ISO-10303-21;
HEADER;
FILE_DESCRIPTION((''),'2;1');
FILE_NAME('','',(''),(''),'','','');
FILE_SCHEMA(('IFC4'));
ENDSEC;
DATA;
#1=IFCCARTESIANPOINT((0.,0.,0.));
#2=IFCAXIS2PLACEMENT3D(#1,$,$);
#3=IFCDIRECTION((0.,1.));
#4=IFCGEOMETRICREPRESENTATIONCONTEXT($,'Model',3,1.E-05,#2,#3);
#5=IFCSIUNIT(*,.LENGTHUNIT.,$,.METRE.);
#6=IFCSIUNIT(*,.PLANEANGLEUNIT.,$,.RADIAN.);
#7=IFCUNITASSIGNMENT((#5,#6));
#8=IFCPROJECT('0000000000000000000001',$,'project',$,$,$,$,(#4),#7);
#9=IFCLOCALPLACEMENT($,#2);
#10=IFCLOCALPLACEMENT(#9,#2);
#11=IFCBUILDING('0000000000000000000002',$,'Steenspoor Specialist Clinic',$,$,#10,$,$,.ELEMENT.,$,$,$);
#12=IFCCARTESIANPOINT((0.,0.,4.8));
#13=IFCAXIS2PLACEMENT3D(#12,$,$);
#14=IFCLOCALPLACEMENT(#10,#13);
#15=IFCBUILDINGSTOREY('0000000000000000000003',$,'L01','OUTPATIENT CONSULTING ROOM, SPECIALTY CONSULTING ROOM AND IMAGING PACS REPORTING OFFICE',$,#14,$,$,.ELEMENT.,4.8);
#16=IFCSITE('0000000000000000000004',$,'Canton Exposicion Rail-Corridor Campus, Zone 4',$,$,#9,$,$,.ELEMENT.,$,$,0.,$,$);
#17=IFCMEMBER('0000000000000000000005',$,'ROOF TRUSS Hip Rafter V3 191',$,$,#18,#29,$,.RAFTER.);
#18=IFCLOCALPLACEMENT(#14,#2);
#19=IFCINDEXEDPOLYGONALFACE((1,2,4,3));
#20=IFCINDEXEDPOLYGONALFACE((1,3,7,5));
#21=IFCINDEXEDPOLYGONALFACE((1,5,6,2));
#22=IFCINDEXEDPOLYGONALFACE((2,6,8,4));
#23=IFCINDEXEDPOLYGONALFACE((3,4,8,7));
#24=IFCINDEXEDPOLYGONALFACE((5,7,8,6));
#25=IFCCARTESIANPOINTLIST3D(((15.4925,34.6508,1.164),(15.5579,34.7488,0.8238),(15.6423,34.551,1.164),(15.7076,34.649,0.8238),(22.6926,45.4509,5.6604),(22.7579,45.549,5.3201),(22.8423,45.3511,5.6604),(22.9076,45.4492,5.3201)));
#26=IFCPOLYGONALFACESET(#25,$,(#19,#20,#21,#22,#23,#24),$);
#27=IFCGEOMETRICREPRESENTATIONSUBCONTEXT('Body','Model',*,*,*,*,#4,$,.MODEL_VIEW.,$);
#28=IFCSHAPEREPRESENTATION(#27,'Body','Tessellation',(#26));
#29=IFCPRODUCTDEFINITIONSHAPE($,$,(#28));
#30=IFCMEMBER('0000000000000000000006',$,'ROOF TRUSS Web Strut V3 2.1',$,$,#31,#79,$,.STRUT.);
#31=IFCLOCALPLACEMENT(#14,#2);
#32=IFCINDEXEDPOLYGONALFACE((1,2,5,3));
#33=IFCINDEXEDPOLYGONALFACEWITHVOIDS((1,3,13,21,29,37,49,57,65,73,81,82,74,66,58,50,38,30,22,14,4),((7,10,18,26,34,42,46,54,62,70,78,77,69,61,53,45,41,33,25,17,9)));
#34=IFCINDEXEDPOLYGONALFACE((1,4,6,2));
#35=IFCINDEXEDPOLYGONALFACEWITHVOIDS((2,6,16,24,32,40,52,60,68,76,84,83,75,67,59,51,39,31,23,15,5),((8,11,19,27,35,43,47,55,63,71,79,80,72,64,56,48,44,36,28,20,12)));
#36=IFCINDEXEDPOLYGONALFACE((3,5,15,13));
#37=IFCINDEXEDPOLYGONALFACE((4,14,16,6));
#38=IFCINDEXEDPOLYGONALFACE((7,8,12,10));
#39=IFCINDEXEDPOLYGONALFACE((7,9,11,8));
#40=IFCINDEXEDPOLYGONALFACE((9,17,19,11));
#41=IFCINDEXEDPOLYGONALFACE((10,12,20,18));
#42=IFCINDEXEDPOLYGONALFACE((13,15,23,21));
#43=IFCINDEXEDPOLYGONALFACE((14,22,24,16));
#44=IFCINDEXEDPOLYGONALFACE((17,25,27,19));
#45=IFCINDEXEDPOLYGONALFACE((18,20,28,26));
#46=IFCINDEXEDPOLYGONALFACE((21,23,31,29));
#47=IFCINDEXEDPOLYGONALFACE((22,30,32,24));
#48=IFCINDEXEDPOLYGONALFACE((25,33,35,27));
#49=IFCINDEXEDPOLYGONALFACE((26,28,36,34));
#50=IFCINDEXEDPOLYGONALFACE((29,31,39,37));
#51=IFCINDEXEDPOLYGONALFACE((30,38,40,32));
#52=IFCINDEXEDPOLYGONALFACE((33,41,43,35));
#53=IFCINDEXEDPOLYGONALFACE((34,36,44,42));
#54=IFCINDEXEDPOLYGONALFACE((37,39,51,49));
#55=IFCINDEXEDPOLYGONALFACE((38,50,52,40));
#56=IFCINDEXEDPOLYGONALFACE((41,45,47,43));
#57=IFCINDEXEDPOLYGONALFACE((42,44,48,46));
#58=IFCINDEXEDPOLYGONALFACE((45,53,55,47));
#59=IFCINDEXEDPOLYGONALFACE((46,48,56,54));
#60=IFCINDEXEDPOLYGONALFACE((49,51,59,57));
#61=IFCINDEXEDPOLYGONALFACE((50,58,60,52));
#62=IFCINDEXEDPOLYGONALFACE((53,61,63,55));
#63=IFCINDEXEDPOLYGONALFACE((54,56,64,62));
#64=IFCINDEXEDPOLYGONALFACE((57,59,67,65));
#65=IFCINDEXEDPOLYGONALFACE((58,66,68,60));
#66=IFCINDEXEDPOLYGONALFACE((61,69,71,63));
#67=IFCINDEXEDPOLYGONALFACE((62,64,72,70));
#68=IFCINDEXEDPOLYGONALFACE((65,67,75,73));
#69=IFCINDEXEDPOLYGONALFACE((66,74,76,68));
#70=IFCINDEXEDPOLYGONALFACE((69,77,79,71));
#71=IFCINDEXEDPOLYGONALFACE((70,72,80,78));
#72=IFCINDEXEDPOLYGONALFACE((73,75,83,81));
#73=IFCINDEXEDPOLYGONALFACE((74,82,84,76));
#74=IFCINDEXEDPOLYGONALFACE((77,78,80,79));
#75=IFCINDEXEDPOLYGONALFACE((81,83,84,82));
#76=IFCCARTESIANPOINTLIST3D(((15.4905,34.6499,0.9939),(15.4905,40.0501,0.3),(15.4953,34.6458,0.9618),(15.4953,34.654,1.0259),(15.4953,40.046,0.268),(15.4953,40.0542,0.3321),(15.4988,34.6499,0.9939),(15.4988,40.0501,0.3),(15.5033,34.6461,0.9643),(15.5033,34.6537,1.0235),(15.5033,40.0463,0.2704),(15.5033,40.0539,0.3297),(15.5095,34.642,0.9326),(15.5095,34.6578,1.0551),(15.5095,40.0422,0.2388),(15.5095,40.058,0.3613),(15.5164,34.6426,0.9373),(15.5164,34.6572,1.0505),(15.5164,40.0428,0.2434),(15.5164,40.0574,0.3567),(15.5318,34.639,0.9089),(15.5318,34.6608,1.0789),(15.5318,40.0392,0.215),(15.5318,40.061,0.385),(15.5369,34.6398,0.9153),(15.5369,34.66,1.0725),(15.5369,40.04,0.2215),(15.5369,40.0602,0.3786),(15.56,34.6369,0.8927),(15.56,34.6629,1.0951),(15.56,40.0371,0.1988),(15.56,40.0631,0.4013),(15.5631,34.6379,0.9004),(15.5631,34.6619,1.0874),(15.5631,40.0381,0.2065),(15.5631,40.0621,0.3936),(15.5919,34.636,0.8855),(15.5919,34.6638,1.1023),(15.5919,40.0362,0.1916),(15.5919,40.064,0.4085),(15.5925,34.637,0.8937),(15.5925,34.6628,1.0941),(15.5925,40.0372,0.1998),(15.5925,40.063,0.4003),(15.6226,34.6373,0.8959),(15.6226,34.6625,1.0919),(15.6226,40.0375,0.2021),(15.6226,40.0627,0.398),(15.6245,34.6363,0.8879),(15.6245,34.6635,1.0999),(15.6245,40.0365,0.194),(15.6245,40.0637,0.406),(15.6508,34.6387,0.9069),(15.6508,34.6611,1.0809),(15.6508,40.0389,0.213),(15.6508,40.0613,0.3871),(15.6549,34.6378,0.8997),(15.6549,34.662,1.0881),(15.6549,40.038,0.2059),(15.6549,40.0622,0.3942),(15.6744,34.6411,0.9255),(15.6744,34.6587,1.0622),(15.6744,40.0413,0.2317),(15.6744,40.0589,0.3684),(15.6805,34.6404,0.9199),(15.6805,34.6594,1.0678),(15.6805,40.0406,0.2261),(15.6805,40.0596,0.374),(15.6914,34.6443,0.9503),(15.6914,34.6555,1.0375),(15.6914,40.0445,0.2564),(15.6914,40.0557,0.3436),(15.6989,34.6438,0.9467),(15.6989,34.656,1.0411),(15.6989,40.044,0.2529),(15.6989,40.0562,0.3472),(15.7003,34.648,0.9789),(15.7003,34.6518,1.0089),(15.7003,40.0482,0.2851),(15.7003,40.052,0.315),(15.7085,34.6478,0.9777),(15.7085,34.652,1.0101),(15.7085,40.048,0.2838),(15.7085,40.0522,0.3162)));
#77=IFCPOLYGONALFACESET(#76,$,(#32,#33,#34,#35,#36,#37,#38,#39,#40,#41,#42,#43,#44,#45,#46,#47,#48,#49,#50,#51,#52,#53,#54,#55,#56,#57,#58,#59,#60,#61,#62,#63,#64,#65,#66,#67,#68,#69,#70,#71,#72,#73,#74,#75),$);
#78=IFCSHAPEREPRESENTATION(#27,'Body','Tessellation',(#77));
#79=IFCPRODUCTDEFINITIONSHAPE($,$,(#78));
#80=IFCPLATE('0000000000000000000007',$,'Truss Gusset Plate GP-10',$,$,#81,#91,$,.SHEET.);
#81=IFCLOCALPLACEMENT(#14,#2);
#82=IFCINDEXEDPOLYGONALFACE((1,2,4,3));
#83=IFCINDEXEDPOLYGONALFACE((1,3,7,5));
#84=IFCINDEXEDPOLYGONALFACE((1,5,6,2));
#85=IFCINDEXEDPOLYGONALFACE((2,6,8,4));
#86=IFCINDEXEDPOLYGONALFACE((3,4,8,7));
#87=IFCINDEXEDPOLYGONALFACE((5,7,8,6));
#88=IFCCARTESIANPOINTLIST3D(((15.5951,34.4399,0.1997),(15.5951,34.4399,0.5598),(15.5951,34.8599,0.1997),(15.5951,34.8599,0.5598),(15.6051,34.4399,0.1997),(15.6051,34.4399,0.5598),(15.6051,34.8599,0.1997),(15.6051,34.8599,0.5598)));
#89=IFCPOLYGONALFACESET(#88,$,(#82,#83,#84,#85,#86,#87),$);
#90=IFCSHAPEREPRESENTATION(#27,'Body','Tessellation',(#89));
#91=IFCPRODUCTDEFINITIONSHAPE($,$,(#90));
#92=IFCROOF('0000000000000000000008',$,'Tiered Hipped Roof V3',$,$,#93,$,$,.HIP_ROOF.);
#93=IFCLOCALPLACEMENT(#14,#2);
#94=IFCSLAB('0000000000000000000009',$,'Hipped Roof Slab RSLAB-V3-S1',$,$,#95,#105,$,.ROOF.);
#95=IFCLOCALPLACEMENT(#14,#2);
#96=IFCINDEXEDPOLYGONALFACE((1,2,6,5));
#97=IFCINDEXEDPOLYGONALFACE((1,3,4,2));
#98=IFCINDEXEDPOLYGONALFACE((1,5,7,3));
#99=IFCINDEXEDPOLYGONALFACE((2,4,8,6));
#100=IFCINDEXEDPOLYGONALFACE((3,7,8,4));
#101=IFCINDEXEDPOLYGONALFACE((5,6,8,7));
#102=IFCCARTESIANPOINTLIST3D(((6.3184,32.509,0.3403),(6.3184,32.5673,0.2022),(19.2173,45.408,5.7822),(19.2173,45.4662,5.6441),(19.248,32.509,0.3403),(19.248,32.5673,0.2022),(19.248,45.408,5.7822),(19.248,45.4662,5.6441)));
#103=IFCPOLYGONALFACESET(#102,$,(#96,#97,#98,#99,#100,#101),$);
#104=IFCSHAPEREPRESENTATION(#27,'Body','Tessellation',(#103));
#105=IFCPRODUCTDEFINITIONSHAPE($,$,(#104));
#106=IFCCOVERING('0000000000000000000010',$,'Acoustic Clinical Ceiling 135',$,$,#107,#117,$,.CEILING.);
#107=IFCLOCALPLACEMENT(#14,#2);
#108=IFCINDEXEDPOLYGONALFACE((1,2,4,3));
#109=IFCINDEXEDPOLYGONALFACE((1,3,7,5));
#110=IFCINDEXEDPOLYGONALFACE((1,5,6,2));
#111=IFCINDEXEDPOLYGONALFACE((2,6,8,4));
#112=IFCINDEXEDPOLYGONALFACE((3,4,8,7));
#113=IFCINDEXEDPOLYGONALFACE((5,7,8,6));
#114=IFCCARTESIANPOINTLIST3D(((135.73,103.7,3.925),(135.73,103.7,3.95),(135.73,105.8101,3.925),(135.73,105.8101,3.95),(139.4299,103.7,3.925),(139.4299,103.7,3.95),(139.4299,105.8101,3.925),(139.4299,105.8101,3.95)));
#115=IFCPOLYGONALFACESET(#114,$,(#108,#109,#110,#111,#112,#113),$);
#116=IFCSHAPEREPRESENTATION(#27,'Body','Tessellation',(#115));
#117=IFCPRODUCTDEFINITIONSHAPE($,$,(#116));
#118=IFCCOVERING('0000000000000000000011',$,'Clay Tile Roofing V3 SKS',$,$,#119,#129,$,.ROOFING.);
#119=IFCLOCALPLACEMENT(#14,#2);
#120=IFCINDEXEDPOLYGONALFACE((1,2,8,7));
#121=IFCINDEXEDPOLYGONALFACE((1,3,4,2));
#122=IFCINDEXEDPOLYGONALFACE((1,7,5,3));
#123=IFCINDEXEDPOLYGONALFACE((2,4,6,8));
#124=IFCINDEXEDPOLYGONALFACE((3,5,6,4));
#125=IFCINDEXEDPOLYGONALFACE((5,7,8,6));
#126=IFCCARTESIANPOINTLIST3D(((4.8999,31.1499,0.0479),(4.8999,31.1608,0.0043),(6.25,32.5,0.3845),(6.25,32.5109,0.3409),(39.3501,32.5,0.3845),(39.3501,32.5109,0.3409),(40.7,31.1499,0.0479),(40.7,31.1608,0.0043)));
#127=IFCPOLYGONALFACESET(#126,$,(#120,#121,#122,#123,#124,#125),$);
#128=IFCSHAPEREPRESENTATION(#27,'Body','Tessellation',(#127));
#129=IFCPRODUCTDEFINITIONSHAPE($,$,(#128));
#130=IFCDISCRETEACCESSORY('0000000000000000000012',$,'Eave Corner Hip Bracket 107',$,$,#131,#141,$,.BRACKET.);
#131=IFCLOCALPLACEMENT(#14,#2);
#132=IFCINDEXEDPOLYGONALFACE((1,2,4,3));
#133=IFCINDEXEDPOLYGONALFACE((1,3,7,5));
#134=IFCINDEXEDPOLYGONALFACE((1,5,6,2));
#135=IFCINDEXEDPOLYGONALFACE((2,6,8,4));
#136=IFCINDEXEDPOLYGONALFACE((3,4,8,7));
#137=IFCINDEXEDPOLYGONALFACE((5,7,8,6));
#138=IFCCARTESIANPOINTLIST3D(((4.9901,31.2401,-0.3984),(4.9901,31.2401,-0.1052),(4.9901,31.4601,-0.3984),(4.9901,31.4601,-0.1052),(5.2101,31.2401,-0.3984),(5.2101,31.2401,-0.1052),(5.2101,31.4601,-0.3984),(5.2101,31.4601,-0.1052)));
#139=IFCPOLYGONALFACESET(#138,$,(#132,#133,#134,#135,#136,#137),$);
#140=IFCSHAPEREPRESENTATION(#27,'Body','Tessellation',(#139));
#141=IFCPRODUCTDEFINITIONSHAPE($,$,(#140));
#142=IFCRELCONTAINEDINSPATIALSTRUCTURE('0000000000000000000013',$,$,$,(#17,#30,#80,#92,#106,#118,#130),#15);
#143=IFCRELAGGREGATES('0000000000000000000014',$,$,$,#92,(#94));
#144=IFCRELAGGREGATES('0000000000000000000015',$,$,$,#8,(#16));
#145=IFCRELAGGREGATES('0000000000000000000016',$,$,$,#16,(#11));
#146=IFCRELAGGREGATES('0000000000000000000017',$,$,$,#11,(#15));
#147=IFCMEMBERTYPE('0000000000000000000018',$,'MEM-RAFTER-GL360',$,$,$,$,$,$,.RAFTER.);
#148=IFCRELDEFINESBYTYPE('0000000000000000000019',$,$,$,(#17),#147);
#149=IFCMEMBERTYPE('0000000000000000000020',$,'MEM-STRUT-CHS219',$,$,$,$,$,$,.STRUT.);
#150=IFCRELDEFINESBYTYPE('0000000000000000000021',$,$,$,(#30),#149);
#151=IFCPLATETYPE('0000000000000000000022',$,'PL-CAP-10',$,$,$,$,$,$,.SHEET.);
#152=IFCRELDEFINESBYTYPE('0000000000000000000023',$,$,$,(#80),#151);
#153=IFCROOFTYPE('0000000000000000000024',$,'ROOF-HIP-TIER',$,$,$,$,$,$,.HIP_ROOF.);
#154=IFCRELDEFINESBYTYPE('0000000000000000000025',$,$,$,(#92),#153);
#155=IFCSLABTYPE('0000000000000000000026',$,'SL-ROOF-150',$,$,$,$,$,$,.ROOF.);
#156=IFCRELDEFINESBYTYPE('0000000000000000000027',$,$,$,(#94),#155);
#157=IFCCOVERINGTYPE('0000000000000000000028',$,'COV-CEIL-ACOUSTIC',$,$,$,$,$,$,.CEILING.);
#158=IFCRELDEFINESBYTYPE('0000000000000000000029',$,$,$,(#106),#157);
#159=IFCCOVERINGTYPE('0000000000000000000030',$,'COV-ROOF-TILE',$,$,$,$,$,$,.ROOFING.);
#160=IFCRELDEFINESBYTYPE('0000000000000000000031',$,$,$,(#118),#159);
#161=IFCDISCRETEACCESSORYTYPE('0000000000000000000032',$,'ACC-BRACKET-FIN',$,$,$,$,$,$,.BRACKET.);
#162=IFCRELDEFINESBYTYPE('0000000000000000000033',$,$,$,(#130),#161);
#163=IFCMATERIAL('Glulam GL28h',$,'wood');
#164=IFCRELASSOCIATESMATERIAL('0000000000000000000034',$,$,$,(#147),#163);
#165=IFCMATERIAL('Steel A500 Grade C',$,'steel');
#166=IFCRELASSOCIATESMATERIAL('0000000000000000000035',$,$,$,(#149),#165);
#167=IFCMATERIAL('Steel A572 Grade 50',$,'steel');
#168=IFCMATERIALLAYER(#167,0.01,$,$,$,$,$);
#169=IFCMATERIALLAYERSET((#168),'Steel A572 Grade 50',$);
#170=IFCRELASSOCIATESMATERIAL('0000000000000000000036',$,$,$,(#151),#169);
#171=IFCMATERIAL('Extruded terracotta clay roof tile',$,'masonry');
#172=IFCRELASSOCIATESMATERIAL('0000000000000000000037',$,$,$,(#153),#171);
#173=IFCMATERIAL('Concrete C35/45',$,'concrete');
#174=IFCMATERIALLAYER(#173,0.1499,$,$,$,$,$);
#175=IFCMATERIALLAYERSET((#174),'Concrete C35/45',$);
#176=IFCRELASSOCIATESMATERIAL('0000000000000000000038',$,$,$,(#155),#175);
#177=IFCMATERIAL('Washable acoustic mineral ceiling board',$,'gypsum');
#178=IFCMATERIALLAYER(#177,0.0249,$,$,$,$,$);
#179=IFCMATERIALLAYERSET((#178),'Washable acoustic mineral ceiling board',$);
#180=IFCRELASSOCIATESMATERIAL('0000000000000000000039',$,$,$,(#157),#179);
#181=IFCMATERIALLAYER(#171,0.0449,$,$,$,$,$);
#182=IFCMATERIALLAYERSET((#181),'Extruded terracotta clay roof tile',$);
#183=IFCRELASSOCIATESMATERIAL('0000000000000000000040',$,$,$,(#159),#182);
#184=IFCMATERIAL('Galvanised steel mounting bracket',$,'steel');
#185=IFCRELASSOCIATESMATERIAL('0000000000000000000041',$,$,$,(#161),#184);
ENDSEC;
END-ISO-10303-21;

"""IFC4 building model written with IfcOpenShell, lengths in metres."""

from ifc_helpers import new_model, si_unit, direction, frame, origin, origin_2d, place, context, subcontext, project, spatial, polyline, rectangle, hollow_circle, outline, extrude, material, layer, layer_set, material_profile, profile_set, type_object, element, aggregate, save


model = new_model("IFC4")

# Units and contexts
model_context = context("Model", 3, precision=1e-05, world=origin(), true_north=direction((0.0, 1.0)))
body_context = subcontext(model_context, "Body", "Model", "MODEL_VIEW")
ifc_project = project(units=[si_unit("LENGTHUNIT", "METRE"), si_unit("PLANEANGLEUNIT", "RADIAN")], contexts=[model_context])

# Site, building, storey
site_placement = place(None, origin())
site = spatial("IfcSite", under=ifc_project, at=site_placement, Name="Canton Exposicion Rail-Corridor Campus, Zone 4", CompositionType="ELEMENT", RefElevation=0.0)
building_placement = place(site_placement, origin())
building = spatial("IfcBuilding", under=site, at=building_placement, Name="Steenspoor Specialist Clinic", CompositionType="ELEMENT")
storey_placement = place(building_placement, frame((0.0, 0.0, 4.8)))
storey = spatial("IfcBuildingStorey", under=building, at=storey_placement, Name="L01", Description="OUTPATIENT CONSULTING ROOM, SPECIALTY CONSULTING ROOM AND IMAGING PACS REPORTING OFFICE", CompositionType="ELEMENT", Elevation=4.8)

# Shared definitions
ifc_material_1 = material(Name="Glulam GL28h", Category="wood")

# Members
ifc_material_2 = material(Name="Steel A500 Grade C", Category="steel")
ifc_material_profile_1 = material_profile(ifc_material_1, rectangle(XDim=0.1799, YDim=0.3601, at=origin_2d()), Name="GL28H-180X360")
ifc_profile_set_1 = profile_set([ifc_material_profile_1], Name="Glulam GL28h")
member_type_1 = type_object("IfcMemberType", Name="MEM-RAFTER-GL360", PredefinedType="RAFTER", material=ifc_profile_set_1)
member_1_placement = place(storey_placement, frame((15.6001, 34.6499, 0.9939), z_axis=(0.524139, 0.786218, 0.327323), x_axis=(-0.832053, 0.554696, 0.0)))
element("IfcMember", 1, at=member_1_placement, inside=storey, type_object=member_type_1, Name="ROOF TRUSS Hip Rafter V3 191", PredefinedType="RAFTER", context=body_context, shape_type="SweptSolid", body=[
    extrude(rectangle(XDim=0.1799, YDim=0.3601, at=origin_2d()), origin(), (0.0, 0.0, 1.0), 13.7368),
])
ifc_material_profile_2 = material_profile(ifc_material_2, hollow_circle(Radius=0.1096, WallThickness=0.0083, at=origin_2d()), Name="CHS219X8.2")
ifc_profile_set_2 = profile_set([ifc_material_profile_2], Name="Steel A500 Grade C")
member_type_2 = type_object("IfcMemberType", Name="MEM-STRUT-CHS219", PredefinedType="STRUT", material=ifc_profile_set_2)
member_2_placement = place(storey_placement, frame((15.6001, 34.6499, 0.9939), z_axis=(0.0, 0.991846, -0.127439), x_axis=(-1.0, 0.0, 0.0)))
element("IfcMember", 2, at=member_2_placement, inside=storey, type_object=member_type_2, Name="ROOF TRUSS Web Strut V3 2.1", PredefinedType="STRUT", context=body_context, shape_type="SweptSolid", body=[
    extrude(hollow_circle(Radius=0.1096, WallThickness=0.0083, at=origin_2d()), origin(), (0.0, 0.0, 1.0), 5.4446),
])

# Plate
ifc_material_3 = material(Name="Steel A572 Grade 50", Category="steel")
ifc_layer_1 = layer(ifc_material_3, 0.01)
ifc_layer_set_1 = layer_set([ifc_layer_1], Name="Steel A572 Grade 50")
plate_type = type_object("IfcPlateType", Name="PL-CAP-10", PredefinedType="SHEET", material=ifc_layer_set_1)
plate_placement = place(storey_placement, frame((15.6001, 34.6499, 0.1997), z_axis=(0.0, 0.0, 1.0), x_axis=(1.0, 0.0, 0.0)))
element("IfcPlate", 3, at=plate_placement, inside=storey, type_object=plate_type, Name="Truss Gusset Plate GP-10", PredefinedType="SHEET", context=body_context, shape_type="SweptSolid", body=[
    extrude(rectangle(XDim=0.01, YDim=0.4199, at=origin_2d()), origin(), (0.0, 0.0, 1.0), 0.3601),
])

# Roof, slab
ifc_material_4 = material(Name="Extruded terracotta clay roof tile", Category="masonry")
roof_type = type_object("IfcRoofType", Name="ROOF-HIP-TIER", PredefinedType="HIP_ROOF", material=ifc_material_4)
roof_placement = place(storey_placement, origin())
roof = element("IfcRoof", 4, at=roof_placement, inside=storey, type_object=roof_type, Name="Tiered Hipped Roof V3", PredefinedType="HIP_ROOF")
ifc_material_5 = material(Name="Concrete C35/45", Category="concrete")
ifc_layer_2 = layer(ifc_material_5, 0.1499)
ifc_layer_set_2 = layer_set([ifc_layer_2], Name="Concrete C35/45")
slab_type = type_object("IfcSlabType", Name="SL-ROOF-150", PredefinedType="ROOF", material=ifc_layer_set_2)
slab_1_placement = place(storey_placement, frame((6.3184, 32.509, 0.3403), z_axis=(0.0, -0.38871, 0.92136), x_axis=(1.0, 0.0, 0.0)))
slab_1 = element("IfcSlab", 5, at=slab_1_placement, type_object=slab_type, Name="Hipped Roof Slab RSLAB-V3-S1", PredefinedType="ROOF", context=body_context, shape_type="SweptSolid", body=[
    extrude(outline(polyline([(0.0, 0.0), (12.9297, 0.0), (12.9297, 13.9999), (12.8989, 13.9999), (0.0, 0.0)])), origin(), (0.0, 0.0, -1.0), 0.1499),
])
aggregate(roof, [slab_1])

# Coverings
ifc_material_6 = material(Name="Washable acoustic mineral ceiling board", Category="gypsum")
ifc_layer_3 = layer(ifc_material_6, 0.0249)
ifc_layer_set_3 = layer_set([ifc_layer_3], Name="Washable acoustic mineral ceiling board")
covering_type_1 = type_object("IfcCoveringType", Name="COV-CEIL-ACOUSTIC", PredefinedType="CEILING", material=ifc_layer_set_3)
covering_1_placement = place(storey_placement, frame((0.0, 0.0, 3.925)))
element("IfcCovering", 6, at=covering_1_placement, inside=storey, type_object=covering_type_1, Name="Acoustic Clinical Ceiling 135", PredefinedType="CEILING", context=body_context, shape_type="SweptSolid", body=[
    extrude(outline(polyline([(135.73, 105.8101), (139.4299, 105.8101), (139.4299, 103.7), (135.73, 103.7), (135.73, 105.8101)])), origin(), (0.0, 0.0, 1.0), 0.0249),
])
ifc_layer_4 = layer(ifc_material_4, 0.0449)
ifc_layer_set_4 = layer_set([ifc_layer_4], Name="Extruded terracotta clay roof tile")
covering_type_2 = type_object("IfcCoveringType", Name="COV-ROOF-TILE", PredefinedType="ROOFING", material=ifc_layer_set_4)
covering_2_placement = place(storey_placement, frame((4.8999, 31.1499, 0.0479), z_axis=(0.0, -0.241958, 0.970287), x_axis=(1.0, 0.0, 0.0)))
element("IfcCovering", 7, at=covering_2_placement, inside=storey, type_object=covering_type_2, Name="Clay Tile Roofing V3 SKS", PredefinedType="ROOFING", context=body_context, shape_type="SweptSolid", body=[
    extrude(outline(polyline([(0.0, 0.0), (35.8, 0.0), (34.4502, 1.3914), (1.3501, 1.3914), (0.0, 0.0)])), origin(), (0.0, 0.0, -1.0), 0.0449),
])

# Discrete accessory
ifc_material_7 = material(Name="Galvanised steel mounting bracket", Category="steel")
discrete_accessory_type = type_object("IfcDiscreteAccessoryType", Name="ACC-BRACKET-FIN", PredefinedType="BRACKET", material=ifc_material_7)
discrete_accessory_placement = place(storey_placement, frame((5.1001, 31.3501, -0.3984), z_axis=(0.0, 0.0, 1.0), x_axis=(1.0, 0.0, 0.0)))
element("IfcDiscreteAccessory", 8, at=discrete_accessory_placement, inside=storey, type_object=discrete_accessory_type, Name="Eave Corner Hip Bracket 107", PredefinedType="BRACKET", context=body_context, shape_type="SweptSolid", body=[
    extrude(rectangle(XDim=0.22, YDim=0.22, at=origin_2d()), origin(), (0.0, 0.0, 1.0), 0.2932),
])

save(model, "model.ifc")
